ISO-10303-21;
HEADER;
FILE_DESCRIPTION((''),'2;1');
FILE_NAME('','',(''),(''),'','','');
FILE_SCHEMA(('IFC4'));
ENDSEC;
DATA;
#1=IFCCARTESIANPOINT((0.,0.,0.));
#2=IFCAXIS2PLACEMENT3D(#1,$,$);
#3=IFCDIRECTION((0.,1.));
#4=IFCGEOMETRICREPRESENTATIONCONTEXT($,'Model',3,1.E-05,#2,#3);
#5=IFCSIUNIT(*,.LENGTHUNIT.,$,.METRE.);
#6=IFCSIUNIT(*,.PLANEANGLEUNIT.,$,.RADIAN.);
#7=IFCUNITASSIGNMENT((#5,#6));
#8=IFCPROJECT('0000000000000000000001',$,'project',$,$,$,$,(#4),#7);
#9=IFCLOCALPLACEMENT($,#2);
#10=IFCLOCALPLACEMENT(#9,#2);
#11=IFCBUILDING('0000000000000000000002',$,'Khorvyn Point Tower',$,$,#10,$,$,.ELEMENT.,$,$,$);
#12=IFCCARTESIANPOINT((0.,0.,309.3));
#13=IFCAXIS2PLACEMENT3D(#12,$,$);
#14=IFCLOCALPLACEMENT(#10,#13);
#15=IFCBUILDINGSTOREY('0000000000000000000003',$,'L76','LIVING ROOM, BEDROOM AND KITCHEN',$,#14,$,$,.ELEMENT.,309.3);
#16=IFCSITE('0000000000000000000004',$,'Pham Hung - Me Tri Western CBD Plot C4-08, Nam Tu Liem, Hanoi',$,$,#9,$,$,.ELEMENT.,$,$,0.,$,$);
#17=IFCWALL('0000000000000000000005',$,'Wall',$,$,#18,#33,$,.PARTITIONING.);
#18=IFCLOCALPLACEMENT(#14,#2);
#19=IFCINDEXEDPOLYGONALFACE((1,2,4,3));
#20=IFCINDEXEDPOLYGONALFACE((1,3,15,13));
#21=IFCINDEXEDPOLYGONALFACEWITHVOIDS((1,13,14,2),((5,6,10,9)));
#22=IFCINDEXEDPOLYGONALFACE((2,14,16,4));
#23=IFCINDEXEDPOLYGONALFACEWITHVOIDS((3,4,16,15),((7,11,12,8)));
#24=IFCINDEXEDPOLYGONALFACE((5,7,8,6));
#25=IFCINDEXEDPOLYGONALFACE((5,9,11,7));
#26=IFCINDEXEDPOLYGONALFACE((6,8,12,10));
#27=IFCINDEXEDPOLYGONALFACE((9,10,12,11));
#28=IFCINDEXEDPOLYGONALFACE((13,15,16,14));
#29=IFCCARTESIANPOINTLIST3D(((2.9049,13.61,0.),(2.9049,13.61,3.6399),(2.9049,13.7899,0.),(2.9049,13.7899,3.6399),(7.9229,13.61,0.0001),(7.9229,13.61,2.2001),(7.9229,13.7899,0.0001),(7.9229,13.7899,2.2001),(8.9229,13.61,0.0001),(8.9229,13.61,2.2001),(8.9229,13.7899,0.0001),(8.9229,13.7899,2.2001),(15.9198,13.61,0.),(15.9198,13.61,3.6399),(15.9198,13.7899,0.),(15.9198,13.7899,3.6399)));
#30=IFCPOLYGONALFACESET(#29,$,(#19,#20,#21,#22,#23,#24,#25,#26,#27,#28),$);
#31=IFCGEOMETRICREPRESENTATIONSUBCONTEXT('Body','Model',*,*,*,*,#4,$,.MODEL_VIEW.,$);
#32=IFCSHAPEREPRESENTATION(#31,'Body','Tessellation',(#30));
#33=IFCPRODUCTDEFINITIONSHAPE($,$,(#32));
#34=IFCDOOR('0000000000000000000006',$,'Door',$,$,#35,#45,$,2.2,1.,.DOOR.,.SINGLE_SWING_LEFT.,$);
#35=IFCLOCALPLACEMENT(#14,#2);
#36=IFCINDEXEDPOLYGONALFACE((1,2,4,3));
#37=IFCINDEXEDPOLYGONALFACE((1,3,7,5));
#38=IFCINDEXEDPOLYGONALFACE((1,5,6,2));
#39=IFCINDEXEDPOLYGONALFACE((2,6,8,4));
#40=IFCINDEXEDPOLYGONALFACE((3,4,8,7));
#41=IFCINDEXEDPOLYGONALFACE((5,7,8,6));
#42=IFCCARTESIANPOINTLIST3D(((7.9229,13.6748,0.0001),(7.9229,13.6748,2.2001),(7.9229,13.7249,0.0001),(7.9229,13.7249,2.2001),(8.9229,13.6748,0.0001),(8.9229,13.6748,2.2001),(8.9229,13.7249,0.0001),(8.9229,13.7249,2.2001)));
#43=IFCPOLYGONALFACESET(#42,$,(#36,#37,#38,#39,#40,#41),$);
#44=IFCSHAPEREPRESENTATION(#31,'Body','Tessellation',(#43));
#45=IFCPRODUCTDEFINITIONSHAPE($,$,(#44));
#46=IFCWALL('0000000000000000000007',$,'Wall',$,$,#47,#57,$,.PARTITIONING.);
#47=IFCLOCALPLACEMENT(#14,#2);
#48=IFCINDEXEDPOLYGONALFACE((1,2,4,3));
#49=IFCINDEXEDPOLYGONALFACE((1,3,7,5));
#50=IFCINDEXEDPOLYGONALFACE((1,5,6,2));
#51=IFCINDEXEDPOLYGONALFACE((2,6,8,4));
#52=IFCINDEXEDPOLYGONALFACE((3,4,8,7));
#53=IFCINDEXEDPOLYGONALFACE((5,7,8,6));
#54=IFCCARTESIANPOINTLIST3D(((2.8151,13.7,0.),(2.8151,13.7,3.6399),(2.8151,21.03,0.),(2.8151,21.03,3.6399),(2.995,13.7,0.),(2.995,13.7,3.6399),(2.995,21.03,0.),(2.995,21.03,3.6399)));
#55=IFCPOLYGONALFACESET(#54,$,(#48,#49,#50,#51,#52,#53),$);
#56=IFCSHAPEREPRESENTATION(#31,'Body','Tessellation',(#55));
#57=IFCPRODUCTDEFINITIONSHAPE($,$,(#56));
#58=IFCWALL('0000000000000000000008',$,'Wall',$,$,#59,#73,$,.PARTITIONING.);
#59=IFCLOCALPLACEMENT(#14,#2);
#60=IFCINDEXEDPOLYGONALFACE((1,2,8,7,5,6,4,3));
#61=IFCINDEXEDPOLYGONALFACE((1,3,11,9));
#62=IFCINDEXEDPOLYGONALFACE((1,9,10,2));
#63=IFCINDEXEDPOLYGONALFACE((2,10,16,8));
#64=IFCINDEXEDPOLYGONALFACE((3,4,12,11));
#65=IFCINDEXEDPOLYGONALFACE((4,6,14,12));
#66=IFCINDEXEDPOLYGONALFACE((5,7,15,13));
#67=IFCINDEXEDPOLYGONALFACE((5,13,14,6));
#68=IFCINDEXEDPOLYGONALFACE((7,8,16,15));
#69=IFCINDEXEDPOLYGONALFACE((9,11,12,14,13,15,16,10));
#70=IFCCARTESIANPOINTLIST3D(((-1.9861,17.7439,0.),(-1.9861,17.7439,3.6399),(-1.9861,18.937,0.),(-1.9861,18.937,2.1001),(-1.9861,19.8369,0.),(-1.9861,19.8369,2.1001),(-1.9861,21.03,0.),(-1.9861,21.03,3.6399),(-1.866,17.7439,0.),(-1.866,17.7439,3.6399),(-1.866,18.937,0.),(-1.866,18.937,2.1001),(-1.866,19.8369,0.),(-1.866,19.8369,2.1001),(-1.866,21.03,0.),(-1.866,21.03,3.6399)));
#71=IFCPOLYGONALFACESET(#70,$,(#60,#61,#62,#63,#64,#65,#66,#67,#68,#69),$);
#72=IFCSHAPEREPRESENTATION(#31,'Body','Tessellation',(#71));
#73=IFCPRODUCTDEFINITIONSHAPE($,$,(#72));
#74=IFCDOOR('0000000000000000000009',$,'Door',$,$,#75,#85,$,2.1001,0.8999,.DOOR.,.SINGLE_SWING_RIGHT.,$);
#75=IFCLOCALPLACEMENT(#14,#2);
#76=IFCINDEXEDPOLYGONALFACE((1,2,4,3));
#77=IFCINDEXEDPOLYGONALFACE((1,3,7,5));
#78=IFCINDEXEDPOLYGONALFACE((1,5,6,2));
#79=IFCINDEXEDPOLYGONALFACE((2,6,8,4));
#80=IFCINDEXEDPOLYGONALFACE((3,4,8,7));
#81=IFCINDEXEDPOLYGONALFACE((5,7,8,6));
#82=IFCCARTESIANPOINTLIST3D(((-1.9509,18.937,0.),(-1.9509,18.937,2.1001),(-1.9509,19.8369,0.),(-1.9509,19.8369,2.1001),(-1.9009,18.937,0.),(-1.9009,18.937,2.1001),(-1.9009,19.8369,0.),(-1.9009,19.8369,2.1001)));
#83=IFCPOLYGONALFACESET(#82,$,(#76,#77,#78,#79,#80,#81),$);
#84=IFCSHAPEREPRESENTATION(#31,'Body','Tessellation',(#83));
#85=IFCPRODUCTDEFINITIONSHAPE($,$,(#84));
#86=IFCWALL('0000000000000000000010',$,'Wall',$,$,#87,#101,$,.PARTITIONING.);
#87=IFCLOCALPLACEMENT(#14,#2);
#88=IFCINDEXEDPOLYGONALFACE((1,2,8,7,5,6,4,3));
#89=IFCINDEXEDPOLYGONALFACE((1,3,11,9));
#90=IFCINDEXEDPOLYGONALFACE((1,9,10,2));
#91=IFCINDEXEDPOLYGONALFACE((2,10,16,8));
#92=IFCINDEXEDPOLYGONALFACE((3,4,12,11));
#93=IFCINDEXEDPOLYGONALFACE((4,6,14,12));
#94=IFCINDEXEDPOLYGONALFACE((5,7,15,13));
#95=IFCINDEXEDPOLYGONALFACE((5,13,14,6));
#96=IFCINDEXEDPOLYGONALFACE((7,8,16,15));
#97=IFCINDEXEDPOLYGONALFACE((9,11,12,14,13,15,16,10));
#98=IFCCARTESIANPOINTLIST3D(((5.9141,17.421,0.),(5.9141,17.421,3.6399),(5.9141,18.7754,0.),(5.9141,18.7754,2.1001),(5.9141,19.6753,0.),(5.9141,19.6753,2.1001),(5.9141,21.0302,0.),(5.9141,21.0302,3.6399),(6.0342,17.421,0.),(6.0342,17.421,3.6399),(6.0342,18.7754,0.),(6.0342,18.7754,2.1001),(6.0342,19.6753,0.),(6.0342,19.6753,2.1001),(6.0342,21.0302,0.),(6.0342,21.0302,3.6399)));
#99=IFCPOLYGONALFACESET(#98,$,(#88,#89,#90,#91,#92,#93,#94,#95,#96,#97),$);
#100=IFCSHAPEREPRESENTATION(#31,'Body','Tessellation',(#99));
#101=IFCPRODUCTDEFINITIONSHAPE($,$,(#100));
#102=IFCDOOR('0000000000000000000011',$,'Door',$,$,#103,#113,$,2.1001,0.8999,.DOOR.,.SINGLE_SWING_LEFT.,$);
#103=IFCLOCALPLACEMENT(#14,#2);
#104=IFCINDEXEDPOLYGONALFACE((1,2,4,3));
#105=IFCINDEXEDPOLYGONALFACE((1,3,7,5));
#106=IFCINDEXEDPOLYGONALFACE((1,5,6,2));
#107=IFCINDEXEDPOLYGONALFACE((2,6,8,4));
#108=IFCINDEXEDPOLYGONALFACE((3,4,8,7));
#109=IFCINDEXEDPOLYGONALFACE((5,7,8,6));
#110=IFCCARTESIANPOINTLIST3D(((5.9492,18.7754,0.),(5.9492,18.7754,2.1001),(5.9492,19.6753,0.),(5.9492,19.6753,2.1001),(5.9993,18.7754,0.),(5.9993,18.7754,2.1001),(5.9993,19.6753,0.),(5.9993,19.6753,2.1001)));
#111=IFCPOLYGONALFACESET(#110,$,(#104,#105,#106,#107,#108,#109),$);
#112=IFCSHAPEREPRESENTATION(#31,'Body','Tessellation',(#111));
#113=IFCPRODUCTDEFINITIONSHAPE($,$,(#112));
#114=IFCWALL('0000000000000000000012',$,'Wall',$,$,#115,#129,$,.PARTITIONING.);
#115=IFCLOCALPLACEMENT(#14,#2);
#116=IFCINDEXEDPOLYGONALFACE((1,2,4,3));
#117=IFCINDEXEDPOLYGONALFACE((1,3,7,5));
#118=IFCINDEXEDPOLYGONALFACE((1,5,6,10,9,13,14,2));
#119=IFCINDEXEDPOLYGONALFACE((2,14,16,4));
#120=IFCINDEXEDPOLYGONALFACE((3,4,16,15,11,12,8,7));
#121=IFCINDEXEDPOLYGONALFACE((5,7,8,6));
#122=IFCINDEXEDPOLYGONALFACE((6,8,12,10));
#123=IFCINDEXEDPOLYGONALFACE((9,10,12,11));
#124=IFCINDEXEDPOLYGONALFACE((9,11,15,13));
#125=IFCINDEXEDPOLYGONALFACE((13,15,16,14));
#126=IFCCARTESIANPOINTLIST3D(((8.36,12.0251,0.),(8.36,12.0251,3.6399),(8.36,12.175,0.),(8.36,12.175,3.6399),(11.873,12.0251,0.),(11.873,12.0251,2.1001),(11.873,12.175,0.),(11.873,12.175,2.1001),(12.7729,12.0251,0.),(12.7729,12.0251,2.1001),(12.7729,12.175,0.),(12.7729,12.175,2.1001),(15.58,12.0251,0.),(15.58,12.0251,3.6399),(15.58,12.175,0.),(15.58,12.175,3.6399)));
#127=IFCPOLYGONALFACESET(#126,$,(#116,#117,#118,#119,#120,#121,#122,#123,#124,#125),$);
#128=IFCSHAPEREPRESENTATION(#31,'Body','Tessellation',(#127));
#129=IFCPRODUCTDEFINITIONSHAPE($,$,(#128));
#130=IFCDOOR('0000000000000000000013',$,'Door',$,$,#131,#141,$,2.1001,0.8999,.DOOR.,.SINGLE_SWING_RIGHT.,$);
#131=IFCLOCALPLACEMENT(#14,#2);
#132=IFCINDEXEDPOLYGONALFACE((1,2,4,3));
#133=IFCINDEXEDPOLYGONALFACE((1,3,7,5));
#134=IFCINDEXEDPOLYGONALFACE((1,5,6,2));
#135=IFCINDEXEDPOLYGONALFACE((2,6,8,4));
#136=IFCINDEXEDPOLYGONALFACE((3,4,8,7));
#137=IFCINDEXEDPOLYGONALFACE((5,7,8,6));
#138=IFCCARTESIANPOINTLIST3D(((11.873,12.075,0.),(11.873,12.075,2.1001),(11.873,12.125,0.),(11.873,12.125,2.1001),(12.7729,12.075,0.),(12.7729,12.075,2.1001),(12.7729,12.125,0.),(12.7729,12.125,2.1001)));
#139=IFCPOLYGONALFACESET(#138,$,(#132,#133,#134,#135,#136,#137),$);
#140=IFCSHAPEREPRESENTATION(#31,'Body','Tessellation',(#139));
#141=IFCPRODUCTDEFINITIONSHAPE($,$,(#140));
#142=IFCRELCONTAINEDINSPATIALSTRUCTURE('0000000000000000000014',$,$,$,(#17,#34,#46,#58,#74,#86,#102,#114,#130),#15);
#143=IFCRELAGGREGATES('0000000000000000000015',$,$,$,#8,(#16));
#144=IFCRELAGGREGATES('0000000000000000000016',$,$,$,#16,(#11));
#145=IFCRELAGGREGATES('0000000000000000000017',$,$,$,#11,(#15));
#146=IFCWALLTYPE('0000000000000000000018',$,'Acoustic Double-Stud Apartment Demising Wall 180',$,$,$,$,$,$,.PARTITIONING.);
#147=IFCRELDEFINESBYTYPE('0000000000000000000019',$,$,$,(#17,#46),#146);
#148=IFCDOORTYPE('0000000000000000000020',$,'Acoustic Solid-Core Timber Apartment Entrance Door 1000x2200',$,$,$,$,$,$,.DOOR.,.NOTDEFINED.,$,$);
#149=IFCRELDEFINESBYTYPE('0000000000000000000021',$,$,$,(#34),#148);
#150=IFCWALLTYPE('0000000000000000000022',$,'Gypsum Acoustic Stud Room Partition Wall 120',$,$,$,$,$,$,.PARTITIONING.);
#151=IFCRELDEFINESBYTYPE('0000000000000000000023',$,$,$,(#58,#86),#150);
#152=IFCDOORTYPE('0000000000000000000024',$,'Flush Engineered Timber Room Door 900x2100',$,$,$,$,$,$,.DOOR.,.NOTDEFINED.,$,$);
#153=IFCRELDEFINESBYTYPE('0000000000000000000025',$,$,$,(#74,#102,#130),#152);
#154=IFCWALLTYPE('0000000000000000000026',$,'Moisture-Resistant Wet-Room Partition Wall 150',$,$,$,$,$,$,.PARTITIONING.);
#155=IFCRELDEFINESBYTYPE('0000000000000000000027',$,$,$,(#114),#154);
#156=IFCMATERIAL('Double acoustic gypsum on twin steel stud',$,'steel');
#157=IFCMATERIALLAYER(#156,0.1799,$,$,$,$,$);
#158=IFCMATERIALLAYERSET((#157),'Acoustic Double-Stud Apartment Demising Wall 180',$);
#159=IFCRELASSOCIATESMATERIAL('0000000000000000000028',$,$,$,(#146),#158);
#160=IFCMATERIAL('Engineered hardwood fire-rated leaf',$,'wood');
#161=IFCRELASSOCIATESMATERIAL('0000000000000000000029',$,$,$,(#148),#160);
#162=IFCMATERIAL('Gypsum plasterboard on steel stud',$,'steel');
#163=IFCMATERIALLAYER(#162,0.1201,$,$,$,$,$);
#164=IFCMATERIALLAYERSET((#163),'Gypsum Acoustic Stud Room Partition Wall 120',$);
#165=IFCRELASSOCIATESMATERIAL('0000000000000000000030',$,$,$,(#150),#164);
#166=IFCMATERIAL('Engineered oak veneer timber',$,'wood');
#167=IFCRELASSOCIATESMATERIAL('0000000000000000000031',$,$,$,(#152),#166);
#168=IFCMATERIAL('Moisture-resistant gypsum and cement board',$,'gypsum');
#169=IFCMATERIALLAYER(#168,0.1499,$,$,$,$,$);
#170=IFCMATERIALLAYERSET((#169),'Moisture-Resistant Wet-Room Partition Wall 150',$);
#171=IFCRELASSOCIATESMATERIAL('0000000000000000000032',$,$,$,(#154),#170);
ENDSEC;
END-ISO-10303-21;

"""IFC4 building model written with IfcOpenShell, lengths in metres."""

from ifc_helpers import new_model, si_unit, direction, frame, frame_2d, origin, place, context, subcontext, project, spatial, rectangle, extrude, material, layer, layer_set, type_object, element, fill, save


model = new_model("IFC4")

# Units and contexts
model_context = context("Model", 3, precision=1e-05, world=origin(), true_north=direction((0.0, 1.0)))
body_context = subcontext(model_context, "Body", "Model", "MODEL_VIEW")
ifc_project = project(units=[si_unit("LENGTHUNIT", "METRE"), si_unit("PLANEANGLEUNIT", "RADIAN")], contexts=[model_context])

# Site, building, storey
site_placement = place(None, origin())
site = spatial("IfcSite", under=ifc_project, at=site_placement, Name="Pham Hung - Me Tri Western CBD Plot C4-08, Nam Tu Liem, Hanoi", CompositionType="ELEMENT", RefElevation=0.0)
building_placement = place(site_placement, origin())
building = spatial("IfcBuilding", under=site, at=building_placement, Name="Khorvyn Point Tower", CompositionType="ELEMENT")
storey_placement = place(building_placement, frame((0.0, 0.0, 309.3)))
storey = spatial("IfcBuildingStorey", under=building, at=storey_placement, Name="L76", Description="LIVING ROOM, BEDROOM AND KITCHEN", CompositionType="ELEMENT", Elevation=309.3)

# Wall, opening, door
ifc_material_1 = material(Name="Double acoustic gypsum on twin steel stud", Category="steel")
ifc_layer_1 = layer(ifc_material_1, 0.1799)
ifc_layer_set_1 = layer_set([ifc_layer_1], Name="Acoustic Double-Stud Apartment Demising Wall 180")
wall_type_1 = type_object("IfcWallType", Name="Acoustic Double-Stud Apartment Demising Wall 180", PredefinedType="PARTITIONING", material=ifc_layer_set_1)
wall_1_placement = place(storey_placement, frame((2.905, 13.7, 0.0), z_axis=(0.0, 0.0, 1.0), x_axis=(1.0, 0.0, 0.0)))
wall_1 = element("IfcWall", 1, at=wall_1_placement, inside=storey, type_object=wall_type_1, Name="Wall", PredefinedType="PARTITIONING", context=body_context, shape_type="SweptSolid", body=[
    extrude(rectangle(XDim=13.0149, YDim=0.1799, at=frame_2d((6.5073, 0.0))), origin(), (0.0, 0.0, 1.0), 3.6399),
])
opening_1_placement = place(wall_1_placement, frame((5.0178, 0.0, 0.0)))
opening_1 = element("IfcOpeningElement", 2, at=opening_1_placement, cuts=wall_1, PredefinedType="OPENING", context=body_context, shape_type="SweptSolid", body=[
    extrude(rectangle(XDim=1.0, YDim=2.2, at=frame_2d((0.5, 1.1001))), frame((0.0, 0.0999, 0.0), z_axis=(0.0, -1.0, 0.0), x_axis=(1.0, 0.0, 0.0)), (0.0, 0.0, 1.0), 0.2),
])
ifc_material_2 = material(Name="Engineered hardwood fire-rated leaf", Category="wood")
door_type_1 = type_object("IfcDoorType", Name="Acoustic Solid-Core Timber Apartment Entrance Door 1000x2200", OperationType="NOTDEFINED", PredefinedType="DOOR", material=ifc_material_2)
door_1_placement = place(opening_1_placement, origin())
door_1 = element("IfcDoor", 3, at=door_1_placement, inside=storey, type_object=door_type_1, Name="Door", OperationType="SINGLE_SWING_LEFT", OverallHeight=2.2, OverallWidth=1.0, PredefinedType="DOOR", context=body_context, shape_type="SweptSolid", body=[
    extrude(rectangle(XDim=1.0, YDim=2.2, at=frame_2d((0.5, 1.1001))), frame((0.0, 0.0249, 0.0), z_axis=(0.0, -1.0, 0.0), x_axis=(1.0, 0.0, 0.0)), (0.0, 0.0, 1.0), 0.05),
])
fill(opening_1, door_1)

# Wall
wall_2_placement = place(storey_placement, frame((2.905, 13.7, 0.0), z_axis=(0.0, 0.0, 1.0), x_axis=(0.0, 1.0, 0.0)))
element("IfcWall", 4, at=wall_2_placement, inside=storey, type_object=wall_type_1, Name="Wall", PredefinedType="PARTITIONING", context=body_context, shape_type="SweptSolid", body=[
    extrude(rectangle(XDim=7.3301, YDim=0.1799, at=frame_2d((3.665, 0.0))), origin(), (0.0, 0.0, 1.0), 3.6399),
])

# Walls, openings, doors
ifc_material_3 = material(Name="Gypsum plasterboard on steel stud", Category="steel")
ifc_layer_2 = layer(ifc_material_3, 0.1201)
ifc_layer_set_2 = layer_set([ifc_layer_2], Name="Gypsum Acoustic Stud Room Partition Wall 120")
wall_type_2 = type_object("IfcWallType", Name="Gypsum Acoustic Stud Room Partition Wall 120", PredefinedType="PARTITIONING", material=ifc_layer_set_2)
wall_3_placement = place(storey_placement, frame((-1.926, 17.7439, 0.0), z_axis=(0.0, 0.0, 1.0), x_axis=(0.0, 1.0, 0.0)))
wall_3 = element("IfcWall", 5, at=wall_3_placement, inside=storey, type_object=wall_type_2, Name="Wall", PredefinedType="PARTITIONING", context=body_context, shape_type="SweptSolid", body=[
    extrude(rectangle(XDim=3.2861, YDim=0.1201, at=frame_2d((1.6431, 0.0))), origin(), (0.0, 0.0, 1.0), 3.6399),
])
opening_2_placement = place(wall_3_placement, frame((1.1931, 0.0, 0.0)))
opening_2 = element("IfcOpeningElement", 6, at=opening_2_placement, cuts=wall_3, PredefinedType="OPENING", context=body_context, shape_type="SweptSolid", body=[
    extrude(rectangle(XDim=0.8999, YDim=2.1001, at=frame_2d((0.45, 1.05))), frame((0.0, 0.0701, 0.0), z_axis=(0.0, -1.0, 0.0), x_axis=(1.0, 0.0, 0.0)), (0.0, 0.0, 1.0), 0.1401),
])
ifc_material_4 = material(Name="Engineered oak veneer timber", Category="wood")
door_type_2 = type_object("IfcDoorType", Name="Flush Engineered Timber Room Door 900x2100", OperationType="NOTDEFINED", PredefinedType="DOOR", material=ifc_material_4)
door_2_placement = place(opening_2_placement, origin())
door_2 = element("IfcDoor", 7, at=door_2_placement, inside=storey, type_object=door_type_2, Name="Door", OperationType="SINGLE_SWING_RIGHT", OverallHeight=2.1001, OverallWidth=0.8999, PredefinedType="DOOR", context=body_context, shape_type="SweptSolid", body=[
    extrude(rectangle(XDim=0.8999, YDim=2.1001, at=frame_2d((0.45, 1.05))), frame((0.0, 0.0249, 0.0), z_axis=(0.0, -1.0, 0.0), x_axis=(1.0, 0.0, 0.0)), (0.0, 0.0, 1.0), 0.05),
])
fill(opening_2, door_2)
wall_4_placement = place(storey_placement, frame((5.9741, 17.4209, 0.0), z_axis=(0.0, 0.0, 1.0), x_axis=(0.0, 1.0, 0.0)))
wall_4 = element("IfcWall", 8, at=wall_4_placement, inside=storey, type_object=wall_type_2, Name="Wall", PredefinedType="PARTITIONING", context=body_context, shape_type="SweptSolid", body=[
    extrude(rectangle(XDim=3.6091, YDim=0.1201, at=frame_2d((1.8047, 0.0))), origin(), (0.0, 0.0, 1.0), 3.6399),
])
opening_3_placement = place(wall_4_placement, frame((1.3545, 0.0, 0.0)))
opening_3 = element("IfcOpeningElement", 9, at=opening_3_placement, cuts=wall_4, PredefinedType="OPENING", context=body_context, shape_type="SweptSolid", body=[
    extrude(rectangle(XDim=0.8999, YDim=2.1001, at=frame_2d((0.45, 1.05))), frame((0.0, 0.0701, 0.0), z_axis=(0.0, -1.0, 0.0), x_axis=(1.0, 0.0, 0.0)), (0.0, 0.0, 1.0), 0.1401),
])
door_3_placement = place(opening_3_placement, origin())
door_3 = element("IfcDoor", 10, at=door_3_placement, inside=storey, type_object=door_type_2, Name="Door", OperationType="SINGLE_SWING_LEFT", OverallHeight=2.1001, OverallWidth=0.8999, PredefinedType="DOOR", context=body_context, shape_type="SweptSolid", body=[
    extrude(rectangle(XDim=0.8999, YDim=2.1001, at=frame_2d((0.45, 1.05))), frame((0.0, 0.0249, 0.0), z_axis=(0.0, -1.0, 0.0), x_axis=(1.0, 0.0, 0.0)), (0.0, 0.0, 1.0), 0.05),
])
fill(opening_3, door_3)
ifc_material_5 = material(Name="Moisture-resistant gypsum and cement board", Category="gypsum")
ifc_layer_3 = layer(ifc_material_5, 0.1499)
ifc_layer_set_3 = layer_set([ifc_layer_3], Name="Moisture-Resistant Wet-Room Partition Wall 150")
wall_type_3 = type_object("IfcWallType", Name="Moisture-Resistant Wet-Room Partition Wall 150", PredefinedType="PARTITIONING", material=ifc_layer_set_3)
wall_5_placement = place(storey_placement, frame((8.3601, 12.1001, 0.0), z_axis=(0.0, 0.0, 1.0), x_axis=(1.0, 0.0, 0.0)))
wall_5 = element("IfcWall", 11, at=wall_5_placement, inside=storey, type_object=wall_type_3, Name="Wall", PredefinedType="PARTITIONING", context=body_context, shape_type="SweptSolid", body=[
    extrude(rectangle(XDim=7.22, YDim=0.1499, at=frame_2d((3.6099, 0.0))), origin(), (0.0, 0.0, 1.0), 3.6399),
])
opening_4_placement = place(wall_5_placement, frame((3.5129, 0.0, 0.0)))
opening_4 = element("IfcOpeningElement", 12, at=opening_4_placement, cuts=wall_5, PredefinedType="OPENING", context=body_context, shape_type="SweptSolid", body=[
    extrude(rectangle(XDim=0.8999, YDim=2.1001, at=frame_2d((0.45, 1.05))), frame((0.0, 0.085, 0.0), z_axis=(0.0, -1.0, 0.0), x_axis=(1.0, 0.0, 0.0)), (0.0, 0.0, 1.0), 0.1699),
])
door_4_placement = place(opening_4_placement, origin())
door_4 = element("IfcDoor", 13, at=door_4_placement, inside=storey, type_object=door_type_2, Name="Door", OperationType="SINGLE_SWING_RIGHT", OverallHeight=2.1001, OverallWidth=0.8999, PredefinedType="DOOR", context=body_context, shape_type="SweptSolid", body=[
    extrude(rectangle(XDim=0.8999, YDim=2.1001, at=frame_2d((0.45, 1.05))), frame((0.0, 0.0249, 0.0), z_axis=(0.0, -1.0, 0.0), x_axis=(1.0, 0.0, 0.0)), (0.0, 0.0, 1.0), 0.05),
])
fill(opening_4, door_4)

save(model, "model.ifc")
